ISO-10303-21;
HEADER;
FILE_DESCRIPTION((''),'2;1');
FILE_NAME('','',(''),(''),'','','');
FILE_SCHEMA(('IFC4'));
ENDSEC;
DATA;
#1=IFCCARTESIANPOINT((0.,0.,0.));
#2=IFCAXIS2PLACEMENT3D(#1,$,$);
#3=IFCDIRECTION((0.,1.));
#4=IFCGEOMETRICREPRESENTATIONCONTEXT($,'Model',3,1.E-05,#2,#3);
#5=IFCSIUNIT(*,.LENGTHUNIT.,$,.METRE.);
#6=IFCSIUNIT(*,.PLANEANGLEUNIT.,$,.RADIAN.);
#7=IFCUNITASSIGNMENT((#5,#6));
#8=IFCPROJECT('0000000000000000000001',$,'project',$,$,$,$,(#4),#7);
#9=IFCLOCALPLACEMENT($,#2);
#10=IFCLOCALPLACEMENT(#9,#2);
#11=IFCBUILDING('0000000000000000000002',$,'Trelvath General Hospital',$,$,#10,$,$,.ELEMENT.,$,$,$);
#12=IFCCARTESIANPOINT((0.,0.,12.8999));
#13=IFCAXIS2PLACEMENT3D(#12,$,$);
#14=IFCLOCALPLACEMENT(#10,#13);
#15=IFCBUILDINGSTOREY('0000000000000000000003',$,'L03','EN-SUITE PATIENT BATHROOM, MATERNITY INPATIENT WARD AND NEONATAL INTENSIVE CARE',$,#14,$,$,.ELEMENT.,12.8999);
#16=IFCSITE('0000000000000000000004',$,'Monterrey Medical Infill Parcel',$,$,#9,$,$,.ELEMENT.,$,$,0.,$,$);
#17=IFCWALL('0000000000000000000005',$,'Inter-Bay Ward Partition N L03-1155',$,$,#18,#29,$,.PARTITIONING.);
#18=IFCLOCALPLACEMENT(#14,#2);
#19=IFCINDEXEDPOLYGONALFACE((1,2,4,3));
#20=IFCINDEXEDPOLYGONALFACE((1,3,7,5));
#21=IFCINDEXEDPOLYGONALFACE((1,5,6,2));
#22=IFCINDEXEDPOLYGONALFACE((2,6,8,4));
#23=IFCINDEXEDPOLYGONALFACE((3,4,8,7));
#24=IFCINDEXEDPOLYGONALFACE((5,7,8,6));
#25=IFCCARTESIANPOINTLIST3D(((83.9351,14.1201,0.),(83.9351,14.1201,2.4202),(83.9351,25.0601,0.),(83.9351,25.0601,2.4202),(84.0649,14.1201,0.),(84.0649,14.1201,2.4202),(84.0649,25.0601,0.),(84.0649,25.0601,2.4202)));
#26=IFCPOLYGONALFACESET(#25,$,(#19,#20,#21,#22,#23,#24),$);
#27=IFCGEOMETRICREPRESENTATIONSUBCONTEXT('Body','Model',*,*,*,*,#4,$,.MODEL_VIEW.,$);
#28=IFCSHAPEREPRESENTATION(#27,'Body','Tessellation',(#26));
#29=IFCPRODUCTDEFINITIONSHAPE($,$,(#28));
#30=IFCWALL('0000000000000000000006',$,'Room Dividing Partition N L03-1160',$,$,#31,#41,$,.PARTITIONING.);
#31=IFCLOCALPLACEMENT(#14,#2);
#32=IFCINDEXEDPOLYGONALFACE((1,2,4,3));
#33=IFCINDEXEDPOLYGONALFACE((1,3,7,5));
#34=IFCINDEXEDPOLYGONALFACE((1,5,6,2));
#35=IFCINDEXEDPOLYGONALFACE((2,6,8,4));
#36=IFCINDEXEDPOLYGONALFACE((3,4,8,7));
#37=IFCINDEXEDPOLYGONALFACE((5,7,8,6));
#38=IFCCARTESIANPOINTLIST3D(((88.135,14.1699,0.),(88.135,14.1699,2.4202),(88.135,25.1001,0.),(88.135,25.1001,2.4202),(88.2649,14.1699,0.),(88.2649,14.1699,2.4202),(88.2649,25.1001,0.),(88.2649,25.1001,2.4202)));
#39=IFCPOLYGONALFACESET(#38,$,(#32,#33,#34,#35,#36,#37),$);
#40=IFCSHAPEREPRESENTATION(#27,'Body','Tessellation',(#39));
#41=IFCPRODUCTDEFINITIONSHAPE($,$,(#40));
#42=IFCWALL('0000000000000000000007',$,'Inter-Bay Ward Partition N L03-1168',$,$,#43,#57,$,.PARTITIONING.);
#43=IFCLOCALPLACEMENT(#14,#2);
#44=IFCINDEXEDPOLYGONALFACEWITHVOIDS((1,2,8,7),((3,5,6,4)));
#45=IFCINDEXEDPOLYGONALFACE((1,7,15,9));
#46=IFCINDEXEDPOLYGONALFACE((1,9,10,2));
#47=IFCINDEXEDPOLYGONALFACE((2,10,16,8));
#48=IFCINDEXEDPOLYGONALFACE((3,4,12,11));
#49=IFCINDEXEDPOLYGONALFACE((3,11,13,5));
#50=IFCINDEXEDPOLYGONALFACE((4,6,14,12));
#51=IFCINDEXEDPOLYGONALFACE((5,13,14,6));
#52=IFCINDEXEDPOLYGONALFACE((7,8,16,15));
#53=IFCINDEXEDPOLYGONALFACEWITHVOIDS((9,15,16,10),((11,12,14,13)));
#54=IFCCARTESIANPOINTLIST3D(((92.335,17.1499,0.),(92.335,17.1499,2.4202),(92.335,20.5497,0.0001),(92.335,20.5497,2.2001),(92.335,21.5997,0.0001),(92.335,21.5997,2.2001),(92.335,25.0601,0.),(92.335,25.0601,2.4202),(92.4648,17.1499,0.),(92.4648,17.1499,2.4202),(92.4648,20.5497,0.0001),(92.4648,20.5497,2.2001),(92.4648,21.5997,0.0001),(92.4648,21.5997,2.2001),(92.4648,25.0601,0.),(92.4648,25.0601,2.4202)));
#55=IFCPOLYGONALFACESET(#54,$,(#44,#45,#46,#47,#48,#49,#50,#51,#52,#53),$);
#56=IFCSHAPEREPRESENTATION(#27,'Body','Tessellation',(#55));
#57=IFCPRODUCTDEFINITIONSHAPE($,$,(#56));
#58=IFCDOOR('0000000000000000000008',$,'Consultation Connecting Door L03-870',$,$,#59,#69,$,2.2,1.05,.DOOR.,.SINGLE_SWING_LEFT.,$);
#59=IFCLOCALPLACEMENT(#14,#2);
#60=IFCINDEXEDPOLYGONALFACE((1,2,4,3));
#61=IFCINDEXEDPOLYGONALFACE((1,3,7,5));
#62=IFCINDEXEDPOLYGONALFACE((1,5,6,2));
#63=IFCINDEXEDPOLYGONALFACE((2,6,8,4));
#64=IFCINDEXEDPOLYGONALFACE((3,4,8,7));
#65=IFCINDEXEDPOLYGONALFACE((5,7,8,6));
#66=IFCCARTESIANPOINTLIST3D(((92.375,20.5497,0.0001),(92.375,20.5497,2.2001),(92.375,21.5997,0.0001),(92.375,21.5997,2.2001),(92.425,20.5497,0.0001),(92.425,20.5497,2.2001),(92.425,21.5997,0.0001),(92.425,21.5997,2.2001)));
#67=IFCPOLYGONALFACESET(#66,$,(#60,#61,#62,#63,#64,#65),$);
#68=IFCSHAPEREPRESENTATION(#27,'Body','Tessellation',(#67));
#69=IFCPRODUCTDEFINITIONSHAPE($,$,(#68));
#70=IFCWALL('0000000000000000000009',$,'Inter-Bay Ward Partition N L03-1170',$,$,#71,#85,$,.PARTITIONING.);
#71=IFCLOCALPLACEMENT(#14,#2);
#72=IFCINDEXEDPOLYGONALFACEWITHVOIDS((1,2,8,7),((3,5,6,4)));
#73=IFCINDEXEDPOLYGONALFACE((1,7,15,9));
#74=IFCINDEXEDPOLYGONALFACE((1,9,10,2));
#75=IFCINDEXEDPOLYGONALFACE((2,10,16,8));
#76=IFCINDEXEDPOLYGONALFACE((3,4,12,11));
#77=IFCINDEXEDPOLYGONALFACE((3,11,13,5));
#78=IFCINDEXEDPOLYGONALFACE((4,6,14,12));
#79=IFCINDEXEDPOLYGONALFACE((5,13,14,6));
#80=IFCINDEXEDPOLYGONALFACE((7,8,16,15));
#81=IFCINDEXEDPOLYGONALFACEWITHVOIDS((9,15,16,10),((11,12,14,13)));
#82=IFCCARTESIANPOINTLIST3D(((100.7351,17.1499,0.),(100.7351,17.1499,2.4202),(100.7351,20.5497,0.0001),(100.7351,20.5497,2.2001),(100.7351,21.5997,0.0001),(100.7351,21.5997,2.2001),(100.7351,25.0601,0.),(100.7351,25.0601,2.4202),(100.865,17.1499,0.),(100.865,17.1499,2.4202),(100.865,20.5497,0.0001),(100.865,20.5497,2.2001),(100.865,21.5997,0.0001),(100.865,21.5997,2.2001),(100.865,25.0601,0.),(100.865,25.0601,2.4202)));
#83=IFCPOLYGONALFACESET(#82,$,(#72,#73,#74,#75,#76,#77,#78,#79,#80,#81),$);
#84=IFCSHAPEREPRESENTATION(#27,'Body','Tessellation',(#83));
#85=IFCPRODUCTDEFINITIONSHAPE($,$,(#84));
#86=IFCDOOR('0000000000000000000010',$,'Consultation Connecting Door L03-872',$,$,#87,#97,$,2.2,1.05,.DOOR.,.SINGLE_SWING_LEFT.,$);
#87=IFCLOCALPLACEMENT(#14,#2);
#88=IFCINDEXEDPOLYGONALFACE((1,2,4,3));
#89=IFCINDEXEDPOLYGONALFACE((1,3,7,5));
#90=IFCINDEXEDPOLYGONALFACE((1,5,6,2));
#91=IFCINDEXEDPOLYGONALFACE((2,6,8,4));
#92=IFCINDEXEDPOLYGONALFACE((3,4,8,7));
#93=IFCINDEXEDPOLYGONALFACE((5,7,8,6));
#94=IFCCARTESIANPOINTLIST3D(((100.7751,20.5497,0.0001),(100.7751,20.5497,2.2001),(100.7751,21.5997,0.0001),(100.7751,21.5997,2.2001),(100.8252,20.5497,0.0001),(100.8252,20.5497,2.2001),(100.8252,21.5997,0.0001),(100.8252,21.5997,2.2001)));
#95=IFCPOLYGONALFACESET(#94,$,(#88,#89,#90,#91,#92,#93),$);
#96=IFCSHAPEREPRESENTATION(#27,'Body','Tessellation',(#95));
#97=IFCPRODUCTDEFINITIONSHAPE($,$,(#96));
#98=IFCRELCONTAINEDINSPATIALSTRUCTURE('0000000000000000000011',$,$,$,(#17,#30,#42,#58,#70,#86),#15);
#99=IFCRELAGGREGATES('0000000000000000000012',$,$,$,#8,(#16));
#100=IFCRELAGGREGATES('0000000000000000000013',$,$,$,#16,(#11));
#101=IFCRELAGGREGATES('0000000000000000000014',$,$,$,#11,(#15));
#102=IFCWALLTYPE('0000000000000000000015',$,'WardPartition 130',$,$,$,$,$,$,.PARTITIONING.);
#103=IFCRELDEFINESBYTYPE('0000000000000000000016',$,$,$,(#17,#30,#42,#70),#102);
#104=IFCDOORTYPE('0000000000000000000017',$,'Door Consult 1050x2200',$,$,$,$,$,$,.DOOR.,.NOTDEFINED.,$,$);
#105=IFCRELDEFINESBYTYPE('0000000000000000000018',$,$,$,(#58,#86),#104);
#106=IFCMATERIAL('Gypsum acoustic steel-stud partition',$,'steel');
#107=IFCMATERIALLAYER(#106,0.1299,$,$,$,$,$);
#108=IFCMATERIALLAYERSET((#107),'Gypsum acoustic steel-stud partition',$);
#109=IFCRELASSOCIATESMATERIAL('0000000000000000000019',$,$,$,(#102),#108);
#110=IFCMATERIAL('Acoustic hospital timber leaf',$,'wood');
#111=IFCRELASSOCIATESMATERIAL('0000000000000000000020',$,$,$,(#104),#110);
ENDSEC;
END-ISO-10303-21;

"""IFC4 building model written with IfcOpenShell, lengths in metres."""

from ifc_helpers import new_model, si_unit, direction, frame, frame_2d, origin, place, context, subcontext, project, spatial, rectangle, extrude, material, layer, layer_set, type_object, element, fill, save


model = new_model("IFC4")

# Units and contexts
model_context = context("Model", 3, precision=1e-05, world=origin(), true_north=direction((0.0, 1.0)))
body_context = subcontext(model_context, "Body", "Model", "MODEL_VIEW")
ifc_project = project(units=[si_unit("LENGTHUNIT", "METRE"), si_unit("PLANEANGLEUNIT", "RADIAN")], contexts=[model_context])

# Site, building, storey
site_placement = place(None, origin())
site = spatial("IfcSite", under=ifc_project, at=site_placement, Name="Monterrey Medical Infill Parcel", CompositionType="ELEMENT", RefElevation=0.0)
building_placement = place(site_placement, origin())
building = spatial("IfcBuilding", under=site, at=building_placement, Name="Trelvath General Hospital", CompositionType="ELEMENT")
storey_placement = place(building_placement, frame((0.0, 0.0, 12.8999)))
storey = spatial("IfcBuildingStorey", under=building, at=storey_placement, Name="L03", Description="EN-SUITE PATIENT BATHROOM, MATERNITY INPATIENT WARD AND NEONATAL INTENSIVE CARE", CompositionType="ELEMENT", Elevation=12.8999)

# Walls
ifc_material_1 = material(Name="Gypsum acoustic steel-stud partition", Category="steel")
ifc_layer_1 = layer(ifc_material_1, 0.1299)
ifc_layer_set_1 = layer_set([ifc_layer_1], Name="Gypsum acoustic steel-stud partition")
wall_type_1 = type_object("IfcWallType", Name="WardPartition 130", PredefinedType="PARTITIONING", material=ifc_layer_set_1)
wall_1_placement = place(storey_placement, frame((84.0, 14.1201, 0.0), z_axis=(0.0, 0.0, 1.0), x_axis=(0.0, 1.0, 0.0)))
element("IfcWall", 1, at=wall_1_placement, inside=storey, type_object=wall_type_1, Name="Inter-Bay Ward Partition N L03-1155", PredefinedType="PARTITIONING", context=body_context, shape_type="SweptSolid", body=[
    extrude(rectangle(XDim=10.9399, YDim=0.1299, at=frame_2d((5.47, 0.0))), origin(), (0.0, 0.0, 1.0), 2.4202),
])
wall_2_placement = place(storey_placement, frame((88.2, 14.1699, 0.0), z_axis=(0.0, 0.0, 1.0), x_axis=(0.0, 1.0, 0.0)))
element("IfcWall", 2, at=wall_2_placement, inside=storey, type_object=wall_type_1, Name="Room Dividing Partition N L03-1160", PredefinedType="PARTITIONING", context=body_context, shape_type="SweptSolid", body=[
    extrude(rectangle(XDim=10.9302, YDim=0.1299, at=frame_2d((5.4651, 0.0))), origin(), (0.0, 0.0, 1.0), 2.4202),
])

# Walls, openings, doors
wall_3_placement = place(storey_placement, frame((92.3999, 17.1499, 0.0), z_axis=(0.0, 0.0, 1.0), x_axis=(0.0, 1.0, 0.0)))
wall_3 = element("IfcWall", 3, at=wall_3_placement, inside=storey, type_object=wall_type_1, Name="Inter-Bay Ward Partition N L03-1168", PredefinedType="PARTITIONING", context=body_context, shape_type="SweptSolid", body=[
    extrude(rectangle(XDim=7.9102, YDim=0.1299, at=frame_2d((3.9551, 0.0))), origin(), (0.0, 0.0, 1.0), 2.4202),
])
opening_1_placement = place(wall_3_placement, frame((3.3999, 0.0, 0.0)))
opening_1 = element("IfcOpeningElement", 4, at=opening_1_placement, cuts=wall_3, PredefinedType="OPENING", context=body_context, shape_type="SweptSolid", body=[
    extrude(rectangle(XDim=1.05, YDim=2.2, at=frame_2d((0.5249, 1.1001))), frame((0.0, 0.075, 0.0), z_axis=(0.0, -1.0, 0.0), x_axis=(1.0, 0.0, 0.0)), (0.0, 0.0, 1.0), 0.1499),
])
ifc_material_2 = material(Name="Acoustic hospital timber leaf", Category="wood")
door_type_1 = type_object("IfcDoorType", Name="Door Consult 1050x2200", OperationType="NOTDEFINED", PredefinedType="DOOR", material=ifc_material_2)
door_1_placement = place(opening_1_placement, origin())
door_1 = element("IfcDoor", 5, at=door_1_placement, inside=storey, type_object=door_type_1, Name="Consultation Connecting Door L03-870", OperationType="SINGLE_SWING_LEFT", OverallHeight=2.2, OverallWidth=1.05, PredefinedType="DOOR", context=body_context, shape_type="SweptSolid", body=[
    extrude(rectangle(XDim=1.05, YDim=2.2, at=frame_2d((0.5249, 1.1001))), frame((0.0, 0.0249, 0.0), z_axis=(0.0, -1.0, 0.0), x_axis=(1.0, 0.0, 0.0)), (0.0, 0.0, 1.0), 0.05),
])
fill(opening_1, door_1)
wall_4_placement = place(storey_placement, frame((100.8, 17.1499, 0.0), z_axis=(0.0, 0.0, 1.0), x_axis=(0.0, 1.0, 0.0)))
wall_4 = element("IfcWall", 6, at=wall_4_placement, inside=storey, type_object=wall_type_1, Name="Inter-Bay Ward Partition N L03-1170", PredefinedType="PARTITIONING", context=body_context, shape_type="SweptSolid", body=[
    extrude(rectangle(XDim=7.9102, YDim=0.1299, at=frame_2d((3.9551, 0.0))), origin(), (0.0, 0.0, 1.0), 2.4202),
])
opening_2_placement = place(wall_4_placement, frame((3.3999, 0.0, 0.0)))
opening_2 = element("IfcOpeningElement", 7, at=opening_2_placement, cuts=wall_4, PredefinedType="OPENING", context=body_context, shape_type="SweptSolid", body=[
    extrude(rectangle(XDim=1.05, YDim=2.2, at=frame_2d((0.5249, 1.1001))), frame((0.0, 0.075, 0.0), z_axis=(0.0, -1.0, 0.0), x_axis=(1.0, 0.0, 0.0)), (0.0, 0.0, 1.0), 0.1499),
])
door_2_placement = place(opening_2_placement, origin())
door_2 = element("IfcDoor", 8, at=door_2_placement, inside=storey, type_object=door_type_1, Name="Consultation Connecting Door L03-872", OperationType="SINGLE_SWING_LEFT", OverallHeight=2.2, OverallWidth=1.05, PredefinedType="DOOR", context=body_context, shape_type="SweptSolid", body=[
    extrude(rectangle(XDim=1.05, YDim=2.2, at=frame_2d((0.5249, 1.1001))), frame((0.0, 0.0249, 0.0), z_axis=(0.0, -1.0, 0.0), x_axis=(1.0, 0.0, 0.0)), (0.0, 0.0, 1.0), 0.05),
])
fill(opening_2, door_2)

save(model, "model.ifc")
